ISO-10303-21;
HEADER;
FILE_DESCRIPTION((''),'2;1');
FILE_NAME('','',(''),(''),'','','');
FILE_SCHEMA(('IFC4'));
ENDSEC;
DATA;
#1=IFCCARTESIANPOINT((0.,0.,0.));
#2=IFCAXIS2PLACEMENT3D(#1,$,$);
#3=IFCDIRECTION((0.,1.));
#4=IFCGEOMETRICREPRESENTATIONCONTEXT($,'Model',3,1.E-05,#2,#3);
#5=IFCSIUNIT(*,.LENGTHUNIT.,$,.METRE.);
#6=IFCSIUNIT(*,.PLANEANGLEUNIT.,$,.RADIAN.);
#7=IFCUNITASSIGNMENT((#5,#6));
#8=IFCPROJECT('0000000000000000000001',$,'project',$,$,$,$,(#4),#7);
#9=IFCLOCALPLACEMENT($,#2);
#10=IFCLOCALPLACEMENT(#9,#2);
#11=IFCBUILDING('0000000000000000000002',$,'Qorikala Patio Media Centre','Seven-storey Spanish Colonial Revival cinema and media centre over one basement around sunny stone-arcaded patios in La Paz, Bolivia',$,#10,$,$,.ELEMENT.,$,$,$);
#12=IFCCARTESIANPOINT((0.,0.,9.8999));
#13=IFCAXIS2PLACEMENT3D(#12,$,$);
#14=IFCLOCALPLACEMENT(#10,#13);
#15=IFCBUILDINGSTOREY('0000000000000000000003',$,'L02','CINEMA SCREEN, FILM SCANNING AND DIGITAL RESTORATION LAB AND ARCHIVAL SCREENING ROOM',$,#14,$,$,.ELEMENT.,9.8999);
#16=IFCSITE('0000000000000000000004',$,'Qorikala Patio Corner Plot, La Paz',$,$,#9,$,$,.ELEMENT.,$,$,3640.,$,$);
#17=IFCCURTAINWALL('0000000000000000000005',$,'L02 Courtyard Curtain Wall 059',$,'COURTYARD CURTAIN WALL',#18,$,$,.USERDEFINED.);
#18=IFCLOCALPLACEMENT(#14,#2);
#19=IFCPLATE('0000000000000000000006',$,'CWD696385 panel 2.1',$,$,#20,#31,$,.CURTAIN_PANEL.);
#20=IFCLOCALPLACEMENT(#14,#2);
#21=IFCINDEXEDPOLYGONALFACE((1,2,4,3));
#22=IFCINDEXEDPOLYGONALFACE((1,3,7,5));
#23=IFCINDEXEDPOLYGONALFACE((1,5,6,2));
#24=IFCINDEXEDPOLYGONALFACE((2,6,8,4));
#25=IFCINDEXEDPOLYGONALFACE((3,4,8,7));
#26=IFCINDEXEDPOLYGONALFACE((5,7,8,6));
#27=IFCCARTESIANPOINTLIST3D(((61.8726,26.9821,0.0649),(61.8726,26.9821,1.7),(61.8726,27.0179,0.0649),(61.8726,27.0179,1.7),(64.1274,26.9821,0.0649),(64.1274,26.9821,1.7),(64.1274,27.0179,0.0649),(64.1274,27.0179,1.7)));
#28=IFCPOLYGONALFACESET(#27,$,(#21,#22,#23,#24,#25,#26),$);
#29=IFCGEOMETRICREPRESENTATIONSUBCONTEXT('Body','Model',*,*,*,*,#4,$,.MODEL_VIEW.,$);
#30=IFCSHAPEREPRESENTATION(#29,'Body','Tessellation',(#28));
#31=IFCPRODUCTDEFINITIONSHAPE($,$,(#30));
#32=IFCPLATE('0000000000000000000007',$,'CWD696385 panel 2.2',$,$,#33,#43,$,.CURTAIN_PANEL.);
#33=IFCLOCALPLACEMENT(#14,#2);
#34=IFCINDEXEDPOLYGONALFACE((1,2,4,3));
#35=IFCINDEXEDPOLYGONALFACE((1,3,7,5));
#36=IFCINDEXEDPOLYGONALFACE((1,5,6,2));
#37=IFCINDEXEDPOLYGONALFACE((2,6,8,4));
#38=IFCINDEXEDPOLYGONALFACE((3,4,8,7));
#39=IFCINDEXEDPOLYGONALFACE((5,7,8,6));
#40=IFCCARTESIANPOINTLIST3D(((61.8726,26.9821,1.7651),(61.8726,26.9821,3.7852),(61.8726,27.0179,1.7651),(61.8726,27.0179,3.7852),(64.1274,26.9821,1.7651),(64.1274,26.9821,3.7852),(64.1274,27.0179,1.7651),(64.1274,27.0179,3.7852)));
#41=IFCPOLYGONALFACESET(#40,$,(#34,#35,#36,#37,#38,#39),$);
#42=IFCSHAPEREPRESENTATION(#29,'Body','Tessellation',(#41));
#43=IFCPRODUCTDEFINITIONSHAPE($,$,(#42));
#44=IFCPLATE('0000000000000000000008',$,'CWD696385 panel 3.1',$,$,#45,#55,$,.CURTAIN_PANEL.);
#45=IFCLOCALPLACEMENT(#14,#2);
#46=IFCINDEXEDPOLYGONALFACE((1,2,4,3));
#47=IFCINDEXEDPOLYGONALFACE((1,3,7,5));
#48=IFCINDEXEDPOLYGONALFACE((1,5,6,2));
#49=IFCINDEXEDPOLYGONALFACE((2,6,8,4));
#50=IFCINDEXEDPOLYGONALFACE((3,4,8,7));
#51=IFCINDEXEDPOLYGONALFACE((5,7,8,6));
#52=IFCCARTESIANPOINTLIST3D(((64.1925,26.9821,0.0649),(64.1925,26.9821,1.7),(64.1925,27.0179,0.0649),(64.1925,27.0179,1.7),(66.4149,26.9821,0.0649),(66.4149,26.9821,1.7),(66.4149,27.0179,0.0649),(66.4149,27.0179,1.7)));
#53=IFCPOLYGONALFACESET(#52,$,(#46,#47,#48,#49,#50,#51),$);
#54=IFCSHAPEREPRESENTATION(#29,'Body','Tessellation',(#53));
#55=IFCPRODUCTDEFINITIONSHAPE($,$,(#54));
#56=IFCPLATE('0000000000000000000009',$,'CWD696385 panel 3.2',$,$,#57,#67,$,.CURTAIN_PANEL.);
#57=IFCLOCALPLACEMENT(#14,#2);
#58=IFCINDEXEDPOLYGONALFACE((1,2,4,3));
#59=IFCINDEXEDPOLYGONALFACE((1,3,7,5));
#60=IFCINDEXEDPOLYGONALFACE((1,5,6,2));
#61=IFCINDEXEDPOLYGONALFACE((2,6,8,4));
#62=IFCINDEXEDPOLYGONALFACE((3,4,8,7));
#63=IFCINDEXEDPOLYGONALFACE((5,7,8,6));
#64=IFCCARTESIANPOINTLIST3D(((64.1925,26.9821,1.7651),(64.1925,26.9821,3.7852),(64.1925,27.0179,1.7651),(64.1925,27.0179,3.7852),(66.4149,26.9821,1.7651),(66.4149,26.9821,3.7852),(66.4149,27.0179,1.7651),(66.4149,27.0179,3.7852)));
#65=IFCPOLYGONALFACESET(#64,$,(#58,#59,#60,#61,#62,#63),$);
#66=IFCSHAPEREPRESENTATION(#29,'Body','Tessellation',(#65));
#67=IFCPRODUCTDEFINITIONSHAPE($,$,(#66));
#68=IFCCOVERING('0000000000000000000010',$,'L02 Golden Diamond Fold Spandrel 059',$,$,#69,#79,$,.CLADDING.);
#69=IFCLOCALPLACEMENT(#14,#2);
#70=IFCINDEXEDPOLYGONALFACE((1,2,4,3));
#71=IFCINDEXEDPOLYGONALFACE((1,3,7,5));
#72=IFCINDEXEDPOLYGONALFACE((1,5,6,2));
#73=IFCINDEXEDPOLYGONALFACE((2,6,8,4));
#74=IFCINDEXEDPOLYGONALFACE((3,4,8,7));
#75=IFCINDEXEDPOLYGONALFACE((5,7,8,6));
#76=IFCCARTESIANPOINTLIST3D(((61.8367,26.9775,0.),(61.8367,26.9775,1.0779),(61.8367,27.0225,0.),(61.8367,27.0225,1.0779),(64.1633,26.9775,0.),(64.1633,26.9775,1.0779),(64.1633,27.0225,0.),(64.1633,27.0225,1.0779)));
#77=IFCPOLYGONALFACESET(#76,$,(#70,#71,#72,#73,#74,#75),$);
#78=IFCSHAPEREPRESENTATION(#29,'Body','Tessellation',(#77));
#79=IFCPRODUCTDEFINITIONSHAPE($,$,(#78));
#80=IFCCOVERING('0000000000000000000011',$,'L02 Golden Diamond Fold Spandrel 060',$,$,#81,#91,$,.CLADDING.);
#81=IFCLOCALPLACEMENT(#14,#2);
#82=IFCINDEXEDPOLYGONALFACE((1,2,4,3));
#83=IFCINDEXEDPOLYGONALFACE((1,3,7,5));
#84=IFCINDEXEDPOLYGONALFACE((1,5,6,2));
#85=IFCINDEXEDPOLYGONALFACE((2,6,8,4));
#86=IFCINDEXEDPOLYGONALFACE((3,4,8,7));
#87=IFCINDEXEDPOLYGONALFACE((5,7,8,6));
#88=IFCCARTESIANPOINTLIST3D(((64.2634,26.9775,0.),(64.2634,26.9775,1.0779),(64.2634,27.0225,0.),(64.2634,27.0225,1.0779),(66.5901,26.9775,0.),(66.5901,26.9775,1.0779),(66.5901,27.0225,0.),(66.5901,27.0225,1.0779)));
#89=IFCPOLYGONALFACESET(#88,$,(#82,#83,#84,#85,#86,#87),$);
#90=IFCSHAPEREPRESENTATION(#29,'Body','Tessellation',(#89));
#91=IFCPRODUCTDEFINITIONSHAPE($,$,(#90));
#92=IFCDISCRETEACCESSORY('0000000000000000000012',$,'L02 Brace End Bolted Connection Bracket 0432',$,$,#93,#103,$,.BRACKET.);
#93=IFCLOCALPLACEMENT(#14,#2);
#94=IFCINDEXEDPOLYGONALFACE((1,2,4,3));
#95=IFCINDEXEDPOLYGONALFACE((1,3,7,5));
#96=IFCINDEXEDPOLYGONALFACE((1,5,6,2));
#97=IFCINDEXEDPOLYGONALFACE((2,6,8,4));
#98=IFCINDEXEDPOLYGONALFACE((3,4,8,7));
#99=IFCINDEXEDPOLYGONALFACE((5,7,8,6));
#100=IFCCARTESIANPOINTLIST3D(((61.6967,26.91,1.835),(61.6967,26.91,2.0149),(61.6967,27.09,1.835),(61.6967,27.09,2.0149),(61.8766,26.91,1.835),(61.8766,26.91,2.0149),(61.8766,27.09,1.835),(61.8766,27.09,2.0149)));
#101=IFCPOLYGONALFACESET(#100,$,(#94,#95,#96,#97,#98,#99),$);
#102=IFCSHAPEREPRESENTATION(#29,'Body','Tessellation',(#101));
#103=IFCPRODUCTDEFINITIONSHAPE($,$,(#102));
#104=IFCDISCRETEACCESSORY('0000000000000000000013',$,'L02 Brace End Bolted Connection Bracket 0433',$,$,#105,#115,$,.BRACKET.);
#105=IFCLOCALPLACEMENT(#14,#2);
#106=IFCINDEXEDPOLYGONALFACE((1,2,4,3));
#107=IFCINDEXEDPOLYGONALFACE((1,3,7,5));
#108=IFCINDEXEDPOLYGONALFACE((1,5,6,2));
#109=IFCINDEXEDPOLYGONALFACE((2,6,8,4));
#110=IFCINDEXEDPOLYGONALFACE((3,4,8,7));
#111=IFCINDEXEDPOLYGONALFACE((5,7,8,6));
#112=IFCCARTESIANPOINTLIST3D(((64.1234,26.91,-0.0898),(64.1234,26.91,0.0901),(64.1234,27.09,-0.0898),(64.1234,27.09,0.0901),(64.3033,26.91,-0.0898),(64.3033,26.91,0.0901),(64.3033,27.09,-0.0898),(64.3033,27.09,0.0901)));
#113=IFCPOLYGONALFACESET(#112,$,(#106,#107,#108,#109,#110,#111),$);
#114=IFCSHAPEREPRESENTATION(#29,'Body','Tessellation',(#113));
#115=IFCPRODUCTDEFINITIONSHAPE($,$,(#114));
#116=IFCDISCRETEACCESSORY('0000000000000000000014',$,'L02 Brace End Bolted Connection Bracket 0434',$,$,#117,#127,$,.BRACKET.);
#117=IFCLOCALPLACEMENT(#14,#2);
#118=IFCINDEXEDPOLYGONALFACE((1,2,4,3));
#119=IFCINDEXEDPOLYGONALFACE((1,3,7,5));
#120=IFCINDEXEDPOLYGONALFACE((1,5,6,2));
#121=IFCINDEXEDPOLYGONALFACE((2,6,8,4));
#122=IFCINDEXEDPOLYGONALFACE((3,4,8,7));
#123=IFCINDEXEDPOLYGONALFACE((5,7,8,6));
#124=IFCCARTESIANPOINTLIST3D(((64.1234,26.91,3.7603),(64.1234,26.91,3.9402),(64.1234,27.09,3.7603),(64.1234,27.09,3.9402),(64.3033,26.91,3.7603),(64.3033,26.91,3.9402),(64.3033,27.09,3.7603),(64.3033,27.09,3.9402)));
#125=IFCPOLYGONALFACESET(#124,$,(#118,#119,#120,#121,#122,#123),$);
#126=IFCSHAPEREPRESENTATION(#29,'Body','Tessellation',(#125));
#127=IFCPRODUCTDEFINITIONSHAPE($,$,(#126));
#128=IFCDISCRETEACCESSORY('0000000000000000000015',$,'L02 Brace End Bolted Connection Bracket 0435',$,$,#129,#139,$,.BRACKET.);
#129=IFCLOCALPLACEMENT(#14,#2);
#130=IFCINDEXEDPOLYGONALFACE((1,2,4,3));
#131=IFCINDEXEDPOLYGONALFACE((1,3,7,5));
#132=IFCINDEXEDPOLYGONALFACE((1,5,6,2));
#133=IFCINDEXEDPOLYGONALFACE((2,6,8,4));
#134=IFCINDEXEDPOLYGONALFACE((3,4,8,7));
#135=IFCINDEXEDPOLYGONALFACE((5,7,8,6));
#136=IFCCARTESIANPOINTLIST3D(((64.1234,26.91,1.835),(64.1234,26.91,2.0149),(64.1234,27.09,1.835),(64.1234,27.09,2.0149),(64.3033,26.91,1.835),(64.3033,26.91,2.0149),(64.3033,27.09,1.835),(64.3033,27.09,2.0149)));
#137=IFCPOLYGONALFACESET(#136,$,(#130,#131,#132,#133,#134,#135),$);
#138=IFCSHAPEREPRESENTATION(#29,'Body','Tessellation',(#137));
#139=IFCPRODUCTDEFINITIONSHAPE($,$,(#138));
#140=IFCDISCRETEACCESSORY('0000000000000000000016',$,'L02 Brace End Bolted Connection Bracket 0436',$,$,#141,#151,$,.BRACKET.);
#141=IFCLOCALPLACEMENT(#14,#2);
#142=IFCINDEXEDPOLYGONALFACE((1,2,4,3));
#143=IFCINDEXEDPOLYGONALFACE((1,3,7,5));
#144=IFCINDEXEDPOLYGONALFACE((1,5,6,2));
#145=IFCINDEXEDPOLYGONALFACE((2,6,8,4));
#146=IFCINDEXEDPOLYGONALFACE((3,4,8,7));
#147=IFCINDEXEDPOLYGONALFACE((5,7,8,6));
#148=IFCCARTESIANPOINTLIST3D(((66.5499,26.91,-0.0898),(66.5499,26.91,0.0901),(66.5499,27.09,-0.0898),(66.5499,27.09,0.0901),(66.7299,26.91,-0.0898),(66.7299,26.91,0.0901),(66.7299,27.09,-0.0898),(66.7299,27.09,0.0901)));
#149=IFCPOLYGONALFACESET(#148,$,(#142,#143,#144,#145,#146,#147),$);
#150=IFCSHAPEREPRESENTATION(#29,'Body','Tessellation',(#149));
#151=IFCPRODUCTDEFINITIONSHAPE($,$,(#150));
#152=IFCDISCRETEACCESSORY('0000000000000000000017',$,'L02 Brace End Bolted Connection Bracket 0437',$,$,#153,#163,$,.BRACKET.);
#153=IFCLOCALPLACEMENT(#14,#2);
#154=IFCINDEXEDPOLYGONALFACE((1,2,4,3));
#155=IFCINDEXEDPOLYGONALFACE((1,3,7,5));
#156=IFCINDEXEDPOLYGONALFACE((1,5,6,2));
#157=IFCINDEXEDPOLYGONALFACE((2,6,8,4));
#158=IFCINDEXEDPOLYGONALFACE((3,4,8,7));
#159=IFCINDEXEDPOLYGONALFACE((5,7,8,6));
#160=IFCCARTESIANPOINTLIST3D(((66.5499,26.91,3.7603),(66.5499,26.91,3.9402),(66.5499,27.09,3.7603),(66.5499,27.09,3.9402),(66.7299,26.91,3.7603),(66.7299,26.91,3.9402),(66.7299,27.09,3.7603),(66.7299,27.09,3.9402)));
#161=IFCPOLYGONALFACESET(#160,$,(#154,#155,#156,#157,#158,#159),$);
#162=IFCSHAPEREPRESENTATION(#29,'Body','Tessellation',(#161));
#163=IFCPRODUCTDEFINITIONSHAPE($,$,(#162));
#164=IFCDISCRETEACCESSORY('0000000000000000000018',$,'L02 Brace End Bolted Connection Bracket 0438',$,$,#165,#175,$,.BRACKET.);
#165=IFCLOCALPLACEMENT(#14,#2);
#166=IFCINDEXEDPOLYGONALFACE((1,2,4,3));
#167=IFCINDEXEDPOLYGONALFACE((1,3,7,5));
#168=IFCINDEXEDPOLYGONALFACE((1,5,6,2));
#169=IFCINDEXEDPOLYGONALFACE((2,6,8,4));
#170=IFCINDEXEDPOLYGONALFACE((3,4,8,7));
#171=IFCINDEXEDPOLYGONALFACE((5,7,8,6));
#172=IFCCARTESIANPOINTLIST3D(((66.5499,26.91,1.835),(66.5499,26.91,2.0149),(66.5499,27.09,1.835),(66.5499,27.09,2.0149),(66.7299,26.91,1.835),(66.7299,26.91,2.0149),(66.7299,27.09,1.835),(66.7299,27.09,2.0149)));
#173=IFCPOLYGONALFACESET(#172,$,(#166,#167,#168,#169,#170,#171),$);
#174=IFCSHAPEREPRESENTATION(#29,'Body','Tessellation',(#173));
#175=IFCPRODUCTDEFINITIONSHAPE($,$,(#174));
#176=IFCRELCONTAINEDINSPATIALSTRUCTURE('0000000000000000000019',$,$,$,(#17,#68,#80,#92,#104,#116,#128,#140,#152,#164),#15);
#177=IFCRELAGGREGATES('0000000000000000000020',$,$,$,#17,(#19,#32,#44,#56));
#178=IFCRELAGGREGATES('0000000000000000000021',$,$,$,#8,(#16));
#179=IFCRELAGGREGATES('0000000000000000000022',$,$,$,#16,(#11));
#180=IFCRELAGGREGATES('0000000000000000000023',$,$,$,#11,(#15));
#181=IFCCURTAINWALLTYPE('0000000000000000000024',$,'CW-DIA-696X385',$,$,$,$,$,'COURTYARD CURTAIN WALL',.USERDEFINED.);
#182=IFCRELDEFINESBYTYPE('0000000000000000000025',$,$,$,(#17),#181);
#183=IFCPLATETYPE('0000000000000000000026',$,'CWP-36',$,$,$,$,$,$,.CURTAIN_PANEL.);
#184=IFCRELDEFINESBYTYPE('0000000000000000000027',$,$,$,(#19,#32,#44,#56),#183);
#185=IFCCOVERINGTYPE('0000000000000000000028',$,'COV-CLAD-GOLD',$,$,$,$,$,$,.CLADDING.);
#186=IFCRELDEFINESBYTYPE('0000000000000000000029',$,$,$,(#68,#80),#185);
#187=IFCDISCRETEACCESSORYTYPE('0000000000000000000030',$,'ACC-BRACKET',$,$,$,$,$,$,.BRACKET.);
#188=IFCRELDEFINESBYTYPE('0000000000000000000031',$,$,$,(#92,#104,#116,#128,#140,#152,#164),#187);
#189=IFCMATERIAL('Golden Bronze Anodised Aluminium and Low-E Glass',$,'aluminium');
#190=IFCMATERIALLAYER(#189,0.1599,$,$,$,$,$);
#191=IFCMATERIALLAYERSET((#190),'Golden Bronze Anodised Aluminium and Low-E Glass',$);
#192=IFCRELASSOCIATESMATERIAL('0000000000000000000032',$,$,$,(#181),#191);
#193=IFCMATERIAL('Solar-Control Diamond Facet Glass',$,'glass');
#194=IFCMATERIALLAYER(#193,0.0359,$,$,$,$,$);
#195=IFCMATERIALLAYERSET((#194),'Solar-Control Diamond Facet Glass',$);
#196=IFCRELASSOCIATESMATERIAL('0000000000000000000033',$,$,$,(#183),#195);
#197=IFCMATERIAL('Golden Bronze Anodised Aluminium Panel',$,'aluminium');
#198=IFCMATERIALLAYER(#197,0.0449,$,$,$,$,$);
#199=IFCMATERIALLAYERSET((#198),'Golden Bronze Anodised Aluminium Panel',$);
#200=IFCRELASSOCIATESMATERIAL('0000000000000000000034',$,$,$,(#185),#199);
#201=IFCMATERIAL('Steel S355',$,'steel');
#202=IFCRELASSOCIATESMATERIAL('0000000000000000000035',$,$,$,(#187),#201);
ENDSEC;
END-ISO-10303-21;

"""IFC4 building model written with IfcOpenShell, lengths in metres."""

from ifc_helpers import new_model, si_unit, direction, frame, origin, origin_2d, place, context, subcontext, project, spatial, rectangle, extrude, material, layer, layer_set, type_object, element, aggregate, save


model = new_model("IFC4")

# Units and contexts
model_context = context("Model", 3, precision=1e-05, world=origin(), true_north=direction((0.0, 1.0)))
body_context = subcontext(model_context, "Body", "Model", "MODEL_VIEW")
ifc_project = project(units=[si_unit("LENGTHUNIT", "METRE"), si_unit("PLANEANGLEUNIT", "RADIAN")], contexts=[model_context])

# Site, building, storey
site_placement = place(None, origin())
site = spatial("IfcSite", under=ifc_project, at=site_placement, Name="Qorikala Patio Corner Plot, La Paz", CompositionType="ELEMENT", RefElevation=3640.0)
building_placement = place(site_placement, origin())
building = spatial("IfcBuilding", under=site, at=building_placement, Name="Qorikala Patio Media Centre", Description="Seven-storey Spanish Colonial Revival cinema and media centre over one basement around sunny stone-arcaded patios in La Paz, Bolivia", CompositionType="ELEMENT")
storey_placement = place(building_placement, frame((0.0, 0.0, 9.8999)))
storey = spatial("IfcBuildingStorey", under=building, at=storey_placement, Name="L02", Description="CINEMA SCREEN, FILM SCANNING AND DIGITAL RESTORATION LAB AND ARCHIVAL SCREENING ROOM", CompositionType="ELEMENT", Elevation=9.8999)

# Curtain wall
ifc_material_1 = material(Name="Golden Bronze Anodised Aluminium and Low-E Glass", Category="aluminium")
ifc_layer_1 = layer(ifc_material_1, 0.1599)
ifc_layer_set_1 = layer_set([ifc_layer_1], Name="Golden Bronze Anodised Aluminium and Low-E Glass")
curtain_wall_type = type_object("IfcCurtainWallType", Name="CW-DIA-696X385", ElementType="COURTYARD CURTAIN WALL", PredefinedType="USERDEFINED", material=ifc_layer_set_1)
curtain_wall_placement = place(storey_placement, origin())
curtain_wall = element("IfcCurtainWall", 1, at=curtain_wall_placement, inside=storey, type_object=curtain_wall_type, Name="L02 Courtyard Curtain Wall 059", ObjectType="COURTYARD CURTAIN WALL", PredefinedType="USERDEFINED")

# Plates
ifc_material_2 = material(Name="Solar-Control Diamond Facet Glass", Category="glass")
ifc_layer_2 = layer(ifc_material_2, 0.0359)
ifc_layer_set_2 = layer_set([ifc_layer_2], Name="Solar-Control Diamond Facet Glass")
plate_type = type_object("IfcPlateType", Name="CWP-36", PredefinedType="CURTAIN_PANEL", material=ifc_layer_set_2)
plate_1_placement = place(storey_placement, frame((63.0, 27.0, 0.0649), z_axis=(0.0, 0.0, 1.0), x_axis=(1.0, 0.0, 0.0)))
plate_1 = element("IfcPlate", 2, at=plate_1_placement, type_object=plate_type, Name="CWD696385 panel 2.1", PredefinedType="CURTAIN_PANEL", context=body_context, shape_type="SweptSolid", body=[
    extrude(rectangle(XDim=2.2549, YDim=0.0359, at=origin_2d()), origin(), (0.0, 0.0, 1.0), 1.635),
])
plate_2_placement = place(storey_placement, frame((63.0, 27.0, 1.7651), z_axis=(0.0, 0.0, 1.0), x_axis=(1.0, 0.0, 0.0)))
plate_2 = element("IfcPlate", 3, at=plate_2_placement, type_object=plate_type, Name="CWD696385 panel 2.2", PredefinedType="CURTAIN_PANEL", context=body_context, shape_type="SweptSolid", body=[
    extrude(rectangle(XDim=2.2549, YDim=0.0359, at=origin_2d()), origin(), (0.0, 0.0, 1.0), 2.02),
])
plate_3_placement = place(storey_placement, frame((65.3037, 27.0, 0.0649), z_axis=(0.0, 0.0, 1.0), x_axis=(1.0, 0.0, 0.0)))
plate_3 = element("IfcPlate", 4, at=plate_3_placement, type_object=plate_type, Name="CWD696385 panel 3.1", PredefinedType="CURTAIN_PANEL", context=body_context, shape_type="SweptSolid", body=[
    extrude(rectangle(XDim=2.2224, YDim=0.0359, at=origin_2d()), origin(), (0.0, 0.0, 1.0), 1.635),
])
plate_4_placement = place(storey_placement, frame((65.3037, 27.0, 1.7651), z_axis=(0.0, 0.0, 1.0), x_axis=(1.0, 0.0, 0.0)))
plate_4 = element("IfcPlate", 5, at=plate_4_placement, type_object=plate_type, Name="CWD696385 panel 3.2", PredefinedType="CURTAIN_PANEL", context=body_context, shape_type="SweptSolid", body=[
    extrude(rectangle(XDim=2.2224, YDim=0.0359, at=origin_2d()), origin(), (0.0, 0.0, 1.0), 2.02),
])
aggregate(curtain_wall, [plate_1, plate_2, plate_3, plate_4])

# Coverings
ifc_material_3 = material(Name="Golden Bronze Anodised Aluminium Panel", Category="aluminium")
ifc_layer_3 = layer(ifc_material_3, 0.0449)
ifc_layer_set_3 = layer_set([ifc_layer_3], Name="Golden Bronze Anodised Aluminium Panel")
covering_type = type_object("IfcCoveringType", Name="COV-CLAD-GOLD", PredefinedType="CLADDING", material=ifc_layer_set_3)
for number, where, z_axis, x_axis, name in (
    (6, (63.0, 27.0, 0.0), (0.0, 0.0, 1.0), (1.0, 0.0, 0.0), "L02 Golden Diamond Fold Spandrel 059"),
    (7, (65.4268, 27.0, 0.0), (0.0, 0.0, 1.0), (1.0, 0.0, 0.0), "L02 Golden Diamond Fold Spandrel 060"),
):
    element("IfcCovering", number, at=place(storey_placement, frame(where, z_axis=z_axis, x_axis=x_axis)), inside=storey, type_object=covering_type, Name=name, PredefinedType="CLADDING", context=body_context, shape_type="SweptSolid", body=[
        extrude(rectangle(XDim=2.3267, YDim=0.0449, at=origin_2d()), origin(), (0.0, 0.0, 1.0), 1.0779),
    ])

# Discrete accessories
ifc_material_4 = material(Name="Steel S355", Category="steel")
discrete_accessory_type = type_object("IfcDiscreteAccessoryType", Name="ACC-BRACKET", PredefinedType="BRACKET", material=ifc_material_4)
for number, where, z_axis, x_axis, name in (
    (8, (61.7866, 27.0, 1.835), (0.0, 0.0, 1.0), (1.0, 0.0, 0.0), "L02 Brace End Bolted Connection Bracket 0432"),
    (9, (64.2134, 27.0, -0.0898), (0.0, 0.0, 1.0), (1.0, 0.0, 0.0), "L02 Brace End Bolted Connection Bracket 0433"),
    (10, (64.2134, 27.0, 3.7603), (0.0, 0.0, 1.0), (1.0, 0.0, 0.0), "L02 Brace End Bolted Connection Bracket 0434"),
    (11, (64.2134, 27.0, 1.835), (0.0, 0.0, 1.0), (1.0, 0.0, 0.0), "L02 Brace End Bolted Connection Bracket 0435"),
    (12, (66.6399, 27.0, -0.0898), (0.0, 0.0, 1.0), (1.0, 0.0, 0.0), "L02 Brace End Bolted Connection Bracket 0436"),
    (13, (66.6399, 27.0, 3.7603), (0.0, 0.0, 1.0), (1.0, 0.0, 0.0), "L02 Brace End Bolted Connection Bracket 0437"),
    (14, (66.6399, 27.0, 1.835), (0.0, 0.0, 1.0), (1.0, 0.0, 0.0), "L02 Brace End Bolted Connection Bracket 0438"),
):
    element("IfcDiscreteAccessory", number, at=place(storey_placement, frame(where, z_axis=z_axis, x_axis=x_axis)), inside=storey, type_object=discrete_accessory_type, Name=name, PredefinedType="BRACKET", context=body_context, shape_type="SweptSolid", body=[
        extrude(rectangle(XDim=0.1799, YDim=0.1799, at=origin_2d()), origin(), (0.0, 0.0, 1.0), 0.1799),
    ])

save(model, "model.ifc")
